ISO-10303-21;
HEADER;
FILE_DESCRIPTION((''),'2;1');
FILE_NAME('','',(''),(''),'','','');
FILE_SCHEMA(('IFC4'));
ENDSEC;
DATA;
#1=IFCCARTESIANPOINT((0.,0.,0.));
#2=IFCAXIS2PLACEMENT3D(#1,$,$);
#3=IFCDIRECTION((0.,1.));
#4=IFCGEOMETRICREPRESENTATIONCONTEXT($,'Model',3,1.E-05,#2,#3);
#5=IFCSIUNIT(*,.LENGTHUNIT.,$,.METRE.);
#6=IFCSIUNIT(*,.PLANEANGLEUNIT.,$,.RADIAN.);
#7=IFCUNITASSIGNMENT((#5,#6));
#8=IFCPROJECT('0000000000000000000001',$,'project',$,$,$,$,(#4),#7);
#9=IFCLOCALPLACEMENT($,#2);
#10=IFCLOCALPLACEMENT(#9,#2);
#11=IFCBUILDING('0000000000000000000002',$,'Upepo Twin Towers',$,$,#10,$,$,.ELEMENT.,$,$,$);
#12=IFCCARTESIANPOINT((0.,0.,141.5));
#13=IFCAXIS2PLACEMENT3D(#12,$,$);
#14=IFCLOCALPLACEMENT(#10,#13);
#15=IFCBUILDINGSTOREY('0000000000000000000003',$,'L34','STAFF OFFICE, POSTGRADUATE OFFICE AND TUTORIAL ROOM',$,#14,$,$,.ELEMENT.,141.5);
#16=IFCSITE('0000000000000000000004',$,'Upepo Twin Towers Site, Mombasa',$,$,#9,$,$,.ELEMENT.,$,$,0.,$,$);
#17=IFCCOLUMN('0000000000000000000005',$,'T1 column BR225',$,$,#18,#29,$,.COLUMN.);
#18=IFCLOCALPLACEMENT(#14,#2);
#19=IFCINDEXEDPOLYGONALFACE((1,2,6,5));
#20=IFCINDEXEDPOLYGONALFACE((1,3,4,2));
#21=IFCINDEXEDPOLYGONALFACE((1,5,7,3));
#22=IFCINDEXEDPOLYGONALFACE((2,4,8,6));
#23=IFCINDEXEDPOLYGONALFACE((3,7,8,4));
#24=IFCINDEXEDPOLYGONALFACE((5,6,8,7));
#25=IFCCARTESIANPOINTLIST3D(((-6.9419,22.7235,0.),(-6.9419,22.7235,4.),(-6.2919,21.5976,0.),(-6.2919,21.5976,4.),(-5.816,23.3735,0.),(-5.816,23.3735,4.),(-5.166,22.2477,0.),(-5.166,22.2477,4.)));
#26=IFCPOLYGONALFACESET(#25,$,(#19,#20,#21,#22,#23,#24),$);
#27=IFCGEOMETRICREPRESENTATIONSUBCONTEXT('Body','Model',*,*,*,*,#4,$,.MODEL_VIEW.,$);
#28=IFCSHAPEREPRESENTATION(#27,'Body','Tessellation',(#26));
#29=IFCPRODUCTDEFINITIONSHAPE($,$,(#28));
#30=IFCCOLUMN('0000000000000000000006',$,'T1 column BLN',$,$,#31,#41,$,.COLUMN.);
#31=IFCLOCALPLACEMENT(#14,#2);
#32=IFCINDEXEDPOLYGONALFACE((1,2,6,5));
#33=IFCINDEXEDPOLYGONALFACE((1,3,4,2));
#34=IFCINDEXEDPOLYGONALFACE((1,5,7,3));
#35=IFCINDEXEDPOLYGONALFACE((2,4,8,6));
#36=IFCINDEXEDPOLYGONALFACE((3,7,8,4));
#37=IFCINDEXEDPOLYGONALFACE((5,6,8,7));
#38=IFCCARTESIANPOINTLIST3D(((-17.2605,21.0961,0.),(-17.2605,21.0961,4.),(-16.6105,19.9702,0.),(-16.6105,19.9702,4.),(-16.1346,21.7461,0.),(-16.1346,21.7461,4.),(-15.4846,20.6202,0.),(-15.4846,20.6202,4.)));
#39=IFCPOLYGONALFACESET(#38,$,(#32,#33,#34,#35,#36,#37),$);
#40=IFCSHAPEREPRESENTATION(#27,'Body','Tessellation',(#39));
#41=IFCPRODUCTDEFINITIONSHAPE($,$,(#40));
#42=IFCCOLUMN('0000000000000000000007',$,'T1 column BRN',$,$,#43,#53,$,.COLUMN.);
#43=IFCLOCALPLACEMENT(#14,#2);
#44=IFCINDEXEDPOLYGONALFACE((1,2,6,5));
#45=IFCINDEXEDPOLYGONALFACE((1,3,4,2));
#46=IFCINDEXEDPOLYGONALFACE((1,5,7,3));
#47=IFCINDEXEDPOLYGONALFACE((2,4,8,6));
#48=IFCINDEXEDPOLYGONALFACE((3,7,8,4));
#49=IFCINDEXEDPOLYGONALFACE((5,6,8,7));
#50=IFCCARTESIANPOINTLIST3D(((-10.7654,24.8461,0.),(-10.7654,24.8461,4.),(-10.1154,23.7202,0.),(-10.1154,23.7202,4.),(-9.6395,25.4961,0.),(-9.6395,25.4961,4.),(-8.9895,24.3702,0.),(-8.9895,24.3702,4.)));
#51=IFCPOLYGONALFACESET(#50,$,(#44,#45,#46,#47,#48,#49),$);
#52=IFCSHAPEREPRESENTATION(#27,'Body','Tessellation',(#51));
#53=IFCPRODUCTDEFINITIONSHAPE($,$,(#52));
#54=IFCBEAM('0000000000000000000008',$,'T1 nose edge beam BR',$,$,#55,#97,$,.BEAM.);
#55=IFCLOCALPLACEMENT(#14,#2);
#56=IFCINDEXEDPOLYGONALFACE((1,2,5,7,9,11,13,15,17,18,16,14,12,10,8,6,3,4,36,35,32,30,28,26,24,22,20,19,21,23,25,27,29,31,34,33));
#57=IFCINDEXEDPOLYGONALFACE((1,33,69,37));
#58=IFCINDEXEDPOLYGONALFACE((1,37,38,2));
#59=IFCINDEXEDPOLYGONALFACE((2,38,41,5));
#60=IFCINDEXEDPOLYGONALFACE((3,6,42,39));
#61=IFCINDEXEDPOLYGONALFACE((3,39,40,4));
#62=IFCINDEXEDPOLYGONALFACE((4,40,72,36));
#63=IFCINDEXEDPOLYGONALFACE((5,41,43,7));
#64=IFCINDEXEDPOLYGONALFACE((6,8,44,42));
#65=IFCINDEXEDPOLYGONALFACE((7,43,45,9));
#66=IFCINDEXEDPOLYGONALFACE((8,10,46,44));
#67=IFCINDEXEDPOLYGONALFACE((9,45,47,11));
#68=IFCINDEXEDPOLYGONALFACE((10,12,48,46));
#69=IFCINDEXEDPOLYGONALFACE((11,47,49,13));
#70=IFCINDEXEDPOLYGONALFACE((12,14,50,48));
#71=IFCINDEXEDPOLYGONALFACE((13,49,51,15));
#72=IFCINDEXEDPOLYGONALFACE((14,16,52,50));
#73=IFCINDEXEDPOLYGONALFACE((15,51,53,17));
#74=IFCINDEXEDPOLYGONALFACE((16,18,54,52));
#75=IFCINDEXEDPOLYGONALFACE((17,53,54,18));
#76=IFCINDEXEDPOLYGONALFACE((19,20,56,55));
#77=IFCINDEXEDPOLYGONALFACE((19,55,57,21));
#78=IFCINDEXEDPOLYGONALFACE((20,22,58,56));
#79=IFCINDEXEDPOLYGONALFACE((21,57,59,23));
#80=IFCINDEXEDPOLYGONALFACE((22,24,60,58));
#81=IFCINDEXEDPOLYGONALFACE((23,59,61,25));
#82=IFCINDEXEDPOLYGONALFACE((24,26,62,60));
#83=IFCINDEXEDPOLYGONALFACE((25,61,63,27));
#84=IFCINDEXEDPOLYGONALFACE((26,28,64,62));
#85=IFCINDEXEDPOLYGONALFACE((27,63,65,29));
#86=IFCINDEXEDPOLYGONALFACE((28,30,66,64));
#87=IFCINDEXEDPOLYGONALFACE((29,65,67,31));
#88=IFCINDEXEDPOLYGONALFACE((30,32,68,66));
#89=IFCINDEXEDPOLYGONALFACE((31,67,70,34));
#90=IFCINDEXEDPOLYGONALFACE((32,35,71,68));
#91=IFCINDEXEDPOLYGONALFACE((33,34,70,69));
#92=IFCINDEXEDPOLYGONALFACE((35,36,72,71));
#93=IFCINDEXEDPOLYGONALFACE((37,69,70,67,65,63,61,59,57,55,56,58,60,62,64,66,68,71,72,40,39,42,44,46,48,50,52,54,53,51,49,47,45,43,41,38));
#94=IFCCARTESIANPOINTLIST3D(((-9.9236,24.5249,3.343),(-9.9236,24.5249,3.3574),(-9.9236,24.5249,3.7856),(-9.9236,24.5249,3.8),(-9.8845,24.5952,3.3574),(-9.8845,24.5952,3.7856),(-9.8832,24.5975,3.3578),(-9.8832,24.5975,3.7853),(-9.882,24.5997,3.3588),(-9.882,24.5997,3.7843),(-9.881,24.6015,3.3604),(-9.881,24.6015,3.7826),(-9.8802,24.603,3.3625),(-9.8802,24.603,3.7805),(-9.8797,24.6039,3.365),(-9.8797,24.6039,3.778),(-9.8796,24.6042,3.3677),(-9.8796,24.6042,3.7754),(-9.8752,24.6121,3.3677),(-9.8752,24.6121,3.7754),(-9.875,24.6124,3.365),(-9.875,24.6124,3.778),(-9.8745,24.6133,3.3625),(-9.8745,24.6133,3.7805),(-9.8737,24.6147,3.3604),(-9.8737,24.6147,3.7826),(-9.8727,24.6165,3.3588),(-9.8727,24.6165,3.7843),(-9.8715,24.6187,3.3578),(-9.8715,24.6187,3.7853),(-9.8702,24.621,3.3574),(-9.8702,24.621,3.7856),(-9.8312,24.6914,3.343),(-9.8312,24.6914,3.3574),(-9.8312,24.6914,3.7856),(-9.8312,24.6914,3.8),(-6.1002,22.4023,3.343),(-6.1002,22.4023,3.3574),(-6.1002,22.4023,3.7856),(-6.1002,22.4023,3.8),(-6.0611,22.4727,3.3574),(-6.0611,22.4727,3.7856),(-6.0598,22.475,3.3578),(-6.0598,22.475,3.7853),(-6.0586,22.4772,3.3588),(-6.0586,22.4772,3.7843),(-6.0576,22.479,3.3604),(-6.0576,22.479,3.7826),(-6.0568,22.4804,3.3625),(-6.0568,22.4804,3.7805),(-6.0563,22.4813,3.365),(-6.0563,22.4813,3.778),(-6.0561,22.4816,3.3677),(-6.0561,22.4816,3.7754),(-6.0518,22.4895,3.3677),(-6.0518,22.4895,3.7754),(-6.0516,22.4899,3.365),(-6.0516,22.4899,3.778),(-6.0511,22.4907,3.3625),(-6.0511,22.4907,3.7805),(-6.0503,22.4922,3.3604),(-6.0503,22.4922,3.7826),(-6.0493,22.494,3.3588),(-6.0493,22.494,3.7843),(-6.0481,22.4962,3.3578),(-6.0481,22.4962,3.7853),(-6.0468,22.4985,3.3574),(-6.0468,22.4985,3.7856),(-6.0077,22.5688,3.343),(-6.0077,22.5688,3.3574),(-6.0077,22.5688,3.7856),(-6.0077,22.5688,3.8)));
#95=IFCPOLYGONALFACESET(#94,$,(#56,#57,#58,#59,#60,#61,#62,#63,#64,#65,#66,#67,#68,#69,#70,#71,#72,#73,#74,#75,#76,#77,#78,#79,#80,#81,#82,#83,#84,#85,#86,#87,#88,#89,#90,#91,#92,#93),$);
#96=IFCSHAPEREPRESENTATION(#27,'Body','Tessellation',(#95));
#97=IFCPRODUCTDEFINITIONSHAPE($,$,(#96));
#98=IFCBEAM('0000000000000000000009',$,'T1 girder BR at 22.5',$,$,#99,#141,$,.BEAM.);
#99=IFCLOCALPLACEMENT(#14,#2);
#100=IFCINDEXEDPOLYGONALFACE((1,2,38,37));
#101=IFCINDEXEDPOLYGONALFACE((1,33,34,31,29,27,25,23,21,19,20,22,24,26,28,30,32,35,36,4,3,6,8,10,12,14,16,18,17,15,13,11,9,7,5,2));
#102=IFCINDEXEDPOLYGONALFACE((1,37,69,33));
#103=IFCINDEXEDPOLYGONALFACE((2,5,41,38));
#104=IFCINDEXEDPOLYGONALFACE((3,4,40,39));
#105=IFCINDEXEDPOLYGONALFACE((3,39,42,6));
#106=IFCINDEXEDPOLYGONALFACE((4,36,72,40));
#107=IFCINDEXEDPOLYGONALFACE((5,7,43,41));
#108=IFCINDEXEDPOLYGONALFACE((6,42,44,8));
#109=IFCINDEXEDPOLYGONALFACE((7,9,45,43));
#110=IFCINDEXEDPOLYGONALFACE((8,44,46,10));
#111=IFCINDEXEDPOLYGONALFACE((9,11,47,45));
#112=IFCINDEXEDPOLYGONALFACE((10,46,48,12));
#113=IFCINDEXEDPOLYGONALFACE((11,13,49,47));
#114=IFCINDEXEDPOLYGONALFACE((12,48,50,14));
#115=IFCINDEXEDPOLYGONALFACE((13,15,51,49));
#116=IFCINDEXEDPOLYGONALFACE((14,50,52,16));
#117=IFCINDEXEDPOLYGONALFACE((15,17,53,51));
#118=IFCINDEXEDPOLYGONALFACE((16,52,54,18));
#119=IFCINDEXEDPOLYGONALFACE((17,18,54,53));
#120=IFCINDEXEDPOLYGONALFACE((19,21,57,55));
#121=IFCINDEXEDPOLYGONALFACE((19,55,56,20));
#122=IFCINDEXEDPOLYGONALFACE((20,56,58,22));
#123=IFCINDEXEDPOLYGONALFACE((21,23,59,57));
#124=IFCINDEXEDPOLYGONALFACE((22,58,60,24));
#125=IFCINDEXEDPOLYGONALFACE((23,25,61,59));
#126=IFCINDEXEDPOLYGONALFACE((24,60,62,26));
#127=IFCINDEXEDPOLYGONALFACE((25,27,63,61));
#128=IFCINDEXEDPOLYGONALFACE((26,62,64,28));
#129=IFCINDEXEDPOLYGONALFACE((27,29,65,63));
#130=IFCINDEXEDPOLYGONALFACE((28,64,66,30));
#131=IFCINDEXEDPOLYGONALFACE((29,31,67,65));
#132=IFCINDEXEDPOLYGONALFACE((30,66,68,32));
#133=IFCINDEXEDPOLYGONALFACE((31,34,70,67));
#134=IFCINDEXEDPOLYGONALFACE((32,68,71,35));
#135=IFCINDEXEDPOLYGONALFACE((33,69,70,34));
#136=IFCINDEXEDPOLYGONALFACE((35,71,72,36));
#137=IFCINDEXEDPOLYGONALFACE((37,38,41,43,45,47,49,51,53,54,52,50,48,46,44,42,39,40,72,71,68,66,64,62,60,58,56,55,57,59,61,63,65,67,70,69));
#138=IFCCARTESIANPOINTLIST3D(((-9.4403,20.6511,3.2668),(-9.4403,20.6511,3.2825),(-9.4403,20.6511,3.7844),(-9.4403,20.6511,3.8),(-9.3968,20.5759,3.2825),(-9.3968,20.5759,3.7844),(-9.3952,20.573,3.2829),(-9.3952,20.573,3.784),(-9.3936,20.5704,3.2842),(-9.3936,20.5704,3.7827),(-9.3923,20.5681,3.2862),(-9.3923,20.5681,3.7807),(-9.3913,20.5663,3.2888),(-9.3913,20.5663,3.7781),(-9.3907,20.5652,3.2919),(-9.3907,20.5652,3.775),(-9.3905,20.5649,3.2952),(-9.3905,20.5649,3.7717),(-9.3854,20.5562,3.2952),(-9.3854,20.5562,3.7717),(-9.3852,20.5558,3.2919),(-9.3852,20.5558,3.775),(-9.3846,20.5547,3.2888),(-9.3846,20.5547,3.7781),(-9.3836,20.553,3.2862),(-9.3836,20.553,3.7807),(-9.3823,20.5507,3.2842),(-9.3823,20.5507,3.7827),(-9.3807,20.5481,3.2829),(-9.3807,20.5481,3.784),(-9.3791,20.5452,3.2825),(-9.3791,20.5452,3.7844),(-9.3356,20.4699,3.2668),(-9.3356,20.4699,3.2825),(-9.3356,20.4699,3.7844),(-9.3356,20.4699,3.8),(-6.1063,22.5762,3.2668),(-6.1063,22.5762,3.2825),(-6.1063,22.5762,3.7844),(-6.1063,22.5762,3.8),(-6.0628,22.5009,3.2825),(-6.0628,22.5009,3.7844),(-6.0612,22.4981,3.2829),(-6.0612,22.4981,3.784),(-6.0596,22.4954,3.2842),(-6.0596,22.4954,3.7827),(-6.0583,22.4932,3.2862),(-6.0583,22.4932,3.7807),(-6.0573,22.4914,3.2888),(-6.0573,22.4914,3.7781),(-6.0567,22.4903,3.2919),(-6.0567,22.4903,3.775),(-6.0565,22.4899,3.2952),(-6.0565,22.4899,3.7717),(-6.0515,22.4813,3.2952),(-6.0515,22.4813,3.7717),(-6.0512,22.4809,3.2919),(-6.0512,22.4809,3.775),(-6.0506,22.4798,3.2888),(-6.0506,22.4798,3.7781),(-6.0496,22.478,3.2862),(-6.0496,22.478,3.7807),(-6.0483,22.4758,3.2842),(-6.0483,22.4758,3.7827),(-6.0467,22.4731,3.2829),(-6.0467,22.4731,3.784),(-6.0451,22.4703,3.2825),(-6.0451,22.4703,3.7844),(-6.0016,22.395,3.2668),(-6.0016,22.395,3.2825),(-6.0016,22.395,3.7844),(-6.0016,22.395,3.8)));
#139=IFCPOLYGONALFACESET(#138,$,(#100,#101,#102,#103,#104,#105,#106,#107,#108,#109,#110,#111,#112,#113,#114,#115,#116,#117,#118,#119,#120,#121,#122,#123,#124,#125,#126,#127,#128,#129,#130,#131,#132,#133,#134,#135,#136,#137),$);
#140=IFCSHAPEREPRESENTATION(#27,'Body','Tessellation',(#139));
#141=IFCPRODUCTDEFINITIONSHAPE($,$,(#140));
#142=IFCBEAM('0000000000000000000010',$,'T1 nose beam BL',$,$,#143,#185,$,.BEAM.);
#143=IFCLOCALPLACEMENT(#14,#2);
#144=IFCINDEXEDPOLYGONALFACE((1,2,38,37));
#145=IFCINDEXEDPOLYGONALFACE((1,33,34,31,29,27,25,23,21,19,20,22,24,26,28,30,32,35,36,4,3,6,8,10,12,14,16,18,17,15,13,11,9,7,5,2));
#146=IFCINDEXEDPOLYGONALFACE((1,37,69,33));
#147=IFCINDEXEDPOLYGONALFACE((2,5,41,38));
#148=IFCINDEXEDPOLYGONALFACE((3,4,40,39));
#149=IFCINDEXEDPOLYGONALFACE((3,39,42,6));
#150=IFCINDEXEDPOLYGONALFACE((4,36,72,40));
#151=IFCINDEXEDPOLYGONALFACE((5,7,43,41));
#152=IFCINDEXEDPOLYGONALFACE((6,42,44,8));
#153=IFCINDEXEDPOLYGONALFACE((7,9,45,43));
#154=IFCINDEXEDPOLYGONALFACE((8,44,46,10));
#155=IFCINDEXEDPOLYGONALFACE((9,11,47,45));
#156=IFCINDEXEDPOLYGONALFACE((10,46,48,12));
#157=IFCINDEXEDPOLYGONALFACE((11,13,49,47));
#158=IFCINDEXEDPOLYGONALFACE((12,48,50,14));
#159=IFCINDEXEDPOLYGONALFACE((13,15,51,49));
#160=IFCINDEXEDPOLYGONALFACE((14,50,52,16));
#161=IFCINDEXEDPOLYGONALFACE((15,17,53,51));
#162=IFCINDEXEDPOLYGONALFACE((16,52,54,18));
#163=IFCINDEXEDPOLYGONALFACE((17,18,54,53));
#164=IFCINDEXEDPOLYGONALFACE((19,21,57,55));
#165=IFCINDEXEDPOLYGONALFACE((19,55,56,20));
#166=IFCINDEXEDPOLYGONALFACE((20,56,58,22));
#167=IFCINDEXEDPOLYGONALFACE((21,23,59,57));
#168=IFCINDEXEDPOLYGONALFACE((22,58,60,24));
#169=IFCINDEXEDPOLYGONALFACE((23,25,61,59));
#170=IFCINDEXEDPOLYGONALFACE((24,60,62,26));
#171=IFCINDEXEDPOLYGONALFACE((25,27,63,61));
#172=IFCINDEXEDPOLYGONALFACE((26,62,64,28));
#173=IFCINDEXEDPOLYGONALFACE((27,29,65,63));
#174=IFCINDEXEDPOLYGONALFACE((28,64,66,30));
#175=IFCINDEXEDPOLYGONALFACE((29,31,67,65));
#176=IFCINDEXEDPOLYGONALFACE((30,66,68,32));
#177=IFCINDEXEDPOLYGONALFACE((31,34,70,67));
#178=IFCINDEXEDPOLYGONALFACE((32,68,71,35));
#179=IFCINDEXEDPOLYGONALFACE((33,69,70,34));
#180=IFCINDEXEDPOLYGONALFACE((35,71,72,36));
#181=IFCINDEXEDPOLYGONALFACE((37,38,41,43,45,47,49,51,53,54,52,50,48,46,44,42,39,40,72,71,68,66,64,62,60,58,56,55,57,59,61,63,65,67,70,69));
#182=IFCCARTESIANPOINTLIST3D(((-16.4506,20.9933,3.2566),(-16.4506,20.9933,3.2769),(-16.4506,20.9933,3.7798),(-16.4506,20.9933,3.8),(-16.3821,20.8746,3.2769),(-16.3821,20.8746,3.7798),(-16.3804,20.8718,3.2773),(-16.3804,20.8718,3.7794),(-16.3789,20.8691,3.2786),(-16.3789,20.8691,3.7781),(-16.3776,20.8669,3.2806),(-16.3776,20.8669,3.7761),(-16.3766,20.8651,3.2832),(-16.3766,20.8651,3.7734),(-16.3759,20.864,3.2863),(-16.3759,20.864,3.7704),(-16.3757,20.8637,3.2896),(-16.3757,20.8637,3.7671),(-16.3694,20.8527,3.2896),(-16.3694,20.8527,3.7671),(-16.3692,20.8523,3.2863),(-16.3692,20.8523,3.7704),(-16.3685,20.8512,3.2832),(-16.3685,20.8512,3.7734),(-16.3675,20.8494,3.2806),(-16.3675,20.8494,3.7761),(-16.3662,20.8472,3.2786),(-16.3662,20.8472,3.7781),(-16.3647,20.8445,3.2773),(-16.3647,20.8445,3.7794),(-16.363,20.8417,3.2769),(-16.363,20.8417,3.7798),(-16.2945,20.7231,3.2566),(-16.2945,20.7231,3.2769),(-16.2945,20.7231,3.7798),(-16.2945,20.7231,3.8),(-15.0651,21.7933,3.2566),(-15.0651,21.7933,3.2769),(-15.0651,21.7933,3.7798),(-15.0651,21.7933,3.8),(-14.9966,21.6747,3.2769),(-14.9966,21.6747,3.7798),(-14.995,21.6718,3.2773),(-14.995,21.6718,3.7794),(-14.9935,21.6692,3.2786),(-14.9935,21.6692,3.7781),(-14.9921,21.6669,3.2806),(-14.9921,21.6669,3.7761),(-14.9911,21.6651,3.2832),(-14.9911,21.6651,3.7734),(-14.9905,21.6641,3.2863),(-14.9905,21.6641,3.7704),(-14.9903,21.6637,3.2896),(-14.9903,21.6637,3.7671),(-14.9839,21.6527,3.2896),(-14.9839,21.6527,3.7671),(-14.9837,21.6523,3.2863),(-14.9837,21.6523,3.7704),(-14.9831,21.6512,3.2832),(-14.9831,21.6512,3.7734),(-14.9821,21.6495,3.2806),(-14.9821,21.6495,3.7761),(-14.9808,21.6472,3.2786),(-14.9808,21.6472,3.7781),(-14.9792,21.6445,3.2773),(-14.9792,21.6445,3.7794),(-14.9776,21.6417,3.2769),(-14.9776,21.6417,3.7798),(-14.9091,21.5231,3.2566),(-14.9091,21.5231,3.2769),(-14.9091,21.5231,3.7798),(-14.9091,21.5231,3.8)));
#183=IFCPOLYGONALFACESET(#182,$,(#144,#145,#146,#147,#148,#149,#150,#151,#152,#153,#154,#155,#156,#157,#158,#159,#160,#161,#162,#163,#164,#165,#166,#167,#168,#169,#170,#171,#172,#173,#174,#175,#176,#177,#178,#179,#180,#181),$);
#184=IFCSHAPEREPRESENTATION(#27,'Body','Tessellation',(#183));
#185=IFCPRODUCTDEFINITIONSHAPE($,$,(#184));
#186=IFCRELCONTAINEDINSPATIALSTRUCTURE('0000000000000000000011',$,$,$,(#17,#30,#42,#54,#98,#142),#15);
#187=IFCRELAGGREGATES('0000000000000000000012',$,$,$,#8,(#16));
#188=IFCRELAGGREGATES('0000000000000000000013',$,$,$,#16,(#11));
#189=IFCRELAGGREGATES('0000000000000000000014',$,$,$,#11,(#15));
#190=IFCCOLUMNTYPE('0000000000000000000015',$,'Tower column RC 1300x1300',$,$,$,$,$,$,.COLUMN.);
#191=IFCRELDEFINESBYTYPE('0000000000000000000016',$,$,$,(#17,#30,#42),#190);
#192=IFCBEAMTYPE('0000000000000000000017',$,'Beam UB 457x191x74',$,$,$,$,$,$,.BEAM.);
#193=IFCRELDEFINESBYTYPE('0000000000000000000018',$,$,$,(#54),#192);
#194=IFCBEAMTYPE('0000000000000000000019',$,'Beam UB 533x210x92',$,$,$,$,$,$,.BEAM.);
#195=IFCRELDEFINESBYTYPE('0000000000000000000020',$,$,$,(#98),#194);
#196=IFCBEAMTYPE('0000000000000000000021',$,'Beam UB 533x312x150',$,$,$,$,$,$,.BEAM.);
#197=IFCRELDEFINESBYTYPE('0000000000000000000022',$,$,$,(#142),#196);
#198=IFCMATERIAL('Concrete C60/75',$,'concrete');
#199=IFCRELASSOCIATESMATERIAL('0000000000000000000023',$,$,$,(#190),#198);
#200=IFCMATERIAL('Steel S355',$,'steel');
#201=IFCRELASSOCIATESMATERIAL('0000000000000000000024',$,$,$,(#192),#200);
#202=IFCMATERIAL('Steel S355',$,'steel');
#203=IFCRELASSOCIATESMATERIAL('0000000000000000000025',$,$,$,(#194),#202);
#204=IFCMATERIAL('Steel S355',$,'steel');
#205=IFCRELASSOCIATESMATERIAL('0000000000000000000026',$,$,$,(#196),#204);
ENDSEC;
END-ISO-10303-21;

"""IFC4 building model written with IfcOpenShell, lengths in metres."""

from ifc_helpers import new_model, si_unit, direction, frame, origin, origin_2d, place, context, subcontext, project, spatial, rectangle, i_section, extrude, material, material_profile, profile_set, type_object, element, save


model = new_model("IFC4")

# Units and contexts
model_context = context("Model", 3, precision=1e-05, world=origin(), true_north=direction((0.0, 1.0)))
body_context = subcontext(model_context, "Body", "Model", "MODEL_VIEW")
ifc_project = project(units=[si_unit("LENGTHUNIT", "METRE"), si_unit("PLANEANGLEUNIT", "RADIAN")], contexts=[model_context])

# Site, building, storey
site_placement = place(None, origin())
site = spatial("IfcSite", under=ifc_project, at=site_placement, Name="Upepo Twin Towers Site, Mombasa", CompositionType="ELEMENT", RefElevation=0.0)
building_placement = place(site_placement, origin())
building = spatial("IfcBuilding", under=site, at=building_placement, Name="Upepo Twin Towers", CompositionType="ELEMENT")
storey_placement = place(building_placement, frame((0.0, 0.0, 141.5)))
storey = spatial("IfcBuildingStorey", under=building, at=storey_placement, Name="L34", Description="STAFF OFFICE, POSTGRADUATE OFFICE AND TUTORIAL ROOM", CompositionType="ELEMENT", Elevation=141.5)

# Columns
ifc_material_1 = material(Name="Concrete C60/75", Category="concrete")
ifc_material_profile_1 = material_profile(ifc_material_1, rectangle(XDim=1.3, YDim=1.3, at=origin_2d()), Name="RC 1300x1300")
ifc_profile_set_1 = profile_set([ifc_material_profile_1], Name="Concrete C60/75")
column_type = type_object("IfcColumnType", Name="Tower column RC 1300x1300", PredefinedType="COLUMN", material=ifc_profile_set_1)
for number, where, z_axis, x_axis, name in (
    (1, (-6.054, 22.4856, 0.0), (0.0, 0.0, 1.0), (0.866025, 0.5, 0.0), "T1 column BR225"),
    (2, (-16.3726, 20.8582, 0.0), (0.0, 0.0, 1.0), (0.866025, 0.5, 0.0), "T1 column BLN"),
    (3, (-9.8774, 24.6082, 0.0), (0.0, 0.0, 1.0), (0.866025, 0.5, 0.0), "T1 column BRN"),
):
    element("IfcColumn", number, at=place(storey_placement, frame(where, z_axis=z_axis, x_axis=x_axis)), inside=storey, type_object=column_type, Name=name, PredefinedType="COLUMN", context=body_context, shape_type="SweptSolid", body=[
        extrude(rectangle(XDim=1.3, YDim=1.3, at=origin_2d()), origin(), (0.0, 0.0, 1.0), 4.0),
    ])

# Beams
ifc_material_2 = material(Name="Steel S355", Category="steel")
ifc_material_profile_2 = material_profile(ifc_material_2, i_section(OverallWidth=0.1904, OverallDepth=0.457, WebThickness=0.009, FlangeThickness=0.0144, FilletRadius=0.0103, at=origin_2d()), Name="UB 457x191x74")
ifc_profile_set_2 = profile_set([ifc_material_profile_2], Name="Steel S355")
beam_type_1 = type_object("IfcBeamType", Name="Beam UB 457x191x74", PredefinedType="BEAM", material=ifc_profile_set_2)
beam_1_placement = place(storey_placement, frame((-6.054, 22.4856, 3.5715), z_axis=(-0.874313, 0.485363, 0.0), x_axis=(-0.485363, -0.874313, 0.0)))
element("IfcBeam", 4, at=beam_1_placement, inside=storey, type_object=beam_type_1, Name="T1 nose edge beam BR", PredefinedType="BEAM", context=body_context, shape_type="SweptSolid", body=[
    extrude(i_section(OverallWidth=0.1904, OverallDepth=0.457, WebThickness=0.009, FlangeThickness=0.0144, FilletRadius=0.0103, at=origin_2d()), origin(), (0.0, 0.0, 1.0), 4.373),
])
ifc_material_3 = material(Name="Steel S355", Category="steel")
ifc_material_profile_3 = material_profile(ifc_material_3, i_section(OverallWidth=0.2092, OverallDepth=0.5332, WebThickness=0.01, FlangeThickness=0.0156, FilletRadius=0.0127, at=origin_2d()), Name="UB 533x210x92")
ifc_profile_set_3 = profile_set([ifc_material_profile_3], Name="Steel S355")
beam_type_2 = type_object("IfcBeamType", Name="Beam UB 533x210x92", PredefinedType="BEAM", material=ifc_profile_set_3)
beam_2_placement = place(storey_placement, frame((-6.054, 22.4856, 3.5334), z_axis=(-0.866006, -0.500034, 0.0), x_axis=(0.500034, -0.866006, 0.0)))
element("IfcBeam", 5, at=beam_2_placement, inside=storey, type_object=beam_type_2, Name="T1 girder BR at 22.5", PredefinedType="BEAM", context=body_context, shape_type="SweptSolid", body=[
    extrude(i_section(OverallWidth=0.2092, OverallDepth=0.5332, WebThickness=0.01, FlangeThickness=0.0156, FilletRadius=0.0127, at=origin_2d()), origin(), (0.0, 0.0, 1.0), 3.8499),
])
ifc_material_4 = material(Name="Steel S355", Category="steel")
ifc_material_profile_4 = material_profile(ifc_material_4, i_section(OverallWidth=0.312, OverallDepth=0.5435, WebThickness=0.0127, FlangeThickness=0.0203, FilletRadius=0.0127, at=origin_2d()), Name="UB 533x312x150")
ifc_profile_set_4 = profile_set([ifc_material_profile_4], Name="Steel S355")
beam_type_3 = type_object("IfcBeamType", Name="Beam UB 533x312x150", PredefinedType="BEAM", material=ifc_profile_set_4)
for number, where, z_axis, x_axis, name in (
    (6, (-16.3726, 20.8582, 3.5283), (0.86599, 0.500061, 0.0), (-0.500061, 0.86599, 0.0), "T1 nose beam BL"),
):
    element("IfcBeam", number, at=place(storey_placement, frame(where, z_axis=z_axis, x_axis=x_axis)), inside=storey, type_object=beam_type_3, Name=name, PredefinedType="BEAM", context=body_context, shape_type="SweptSolid", body=[
        extrude(i_section(OverallWidth=0.312, OverallDepth=0.5435, WebThickness=0.0127, FlangeThickness=0.0203, FilletRadius=0.0127, at=origin_2d()), origin(), (0.0, 0.0, 1.0), 1.5999),
    ])

save(model, "model.ifc")
